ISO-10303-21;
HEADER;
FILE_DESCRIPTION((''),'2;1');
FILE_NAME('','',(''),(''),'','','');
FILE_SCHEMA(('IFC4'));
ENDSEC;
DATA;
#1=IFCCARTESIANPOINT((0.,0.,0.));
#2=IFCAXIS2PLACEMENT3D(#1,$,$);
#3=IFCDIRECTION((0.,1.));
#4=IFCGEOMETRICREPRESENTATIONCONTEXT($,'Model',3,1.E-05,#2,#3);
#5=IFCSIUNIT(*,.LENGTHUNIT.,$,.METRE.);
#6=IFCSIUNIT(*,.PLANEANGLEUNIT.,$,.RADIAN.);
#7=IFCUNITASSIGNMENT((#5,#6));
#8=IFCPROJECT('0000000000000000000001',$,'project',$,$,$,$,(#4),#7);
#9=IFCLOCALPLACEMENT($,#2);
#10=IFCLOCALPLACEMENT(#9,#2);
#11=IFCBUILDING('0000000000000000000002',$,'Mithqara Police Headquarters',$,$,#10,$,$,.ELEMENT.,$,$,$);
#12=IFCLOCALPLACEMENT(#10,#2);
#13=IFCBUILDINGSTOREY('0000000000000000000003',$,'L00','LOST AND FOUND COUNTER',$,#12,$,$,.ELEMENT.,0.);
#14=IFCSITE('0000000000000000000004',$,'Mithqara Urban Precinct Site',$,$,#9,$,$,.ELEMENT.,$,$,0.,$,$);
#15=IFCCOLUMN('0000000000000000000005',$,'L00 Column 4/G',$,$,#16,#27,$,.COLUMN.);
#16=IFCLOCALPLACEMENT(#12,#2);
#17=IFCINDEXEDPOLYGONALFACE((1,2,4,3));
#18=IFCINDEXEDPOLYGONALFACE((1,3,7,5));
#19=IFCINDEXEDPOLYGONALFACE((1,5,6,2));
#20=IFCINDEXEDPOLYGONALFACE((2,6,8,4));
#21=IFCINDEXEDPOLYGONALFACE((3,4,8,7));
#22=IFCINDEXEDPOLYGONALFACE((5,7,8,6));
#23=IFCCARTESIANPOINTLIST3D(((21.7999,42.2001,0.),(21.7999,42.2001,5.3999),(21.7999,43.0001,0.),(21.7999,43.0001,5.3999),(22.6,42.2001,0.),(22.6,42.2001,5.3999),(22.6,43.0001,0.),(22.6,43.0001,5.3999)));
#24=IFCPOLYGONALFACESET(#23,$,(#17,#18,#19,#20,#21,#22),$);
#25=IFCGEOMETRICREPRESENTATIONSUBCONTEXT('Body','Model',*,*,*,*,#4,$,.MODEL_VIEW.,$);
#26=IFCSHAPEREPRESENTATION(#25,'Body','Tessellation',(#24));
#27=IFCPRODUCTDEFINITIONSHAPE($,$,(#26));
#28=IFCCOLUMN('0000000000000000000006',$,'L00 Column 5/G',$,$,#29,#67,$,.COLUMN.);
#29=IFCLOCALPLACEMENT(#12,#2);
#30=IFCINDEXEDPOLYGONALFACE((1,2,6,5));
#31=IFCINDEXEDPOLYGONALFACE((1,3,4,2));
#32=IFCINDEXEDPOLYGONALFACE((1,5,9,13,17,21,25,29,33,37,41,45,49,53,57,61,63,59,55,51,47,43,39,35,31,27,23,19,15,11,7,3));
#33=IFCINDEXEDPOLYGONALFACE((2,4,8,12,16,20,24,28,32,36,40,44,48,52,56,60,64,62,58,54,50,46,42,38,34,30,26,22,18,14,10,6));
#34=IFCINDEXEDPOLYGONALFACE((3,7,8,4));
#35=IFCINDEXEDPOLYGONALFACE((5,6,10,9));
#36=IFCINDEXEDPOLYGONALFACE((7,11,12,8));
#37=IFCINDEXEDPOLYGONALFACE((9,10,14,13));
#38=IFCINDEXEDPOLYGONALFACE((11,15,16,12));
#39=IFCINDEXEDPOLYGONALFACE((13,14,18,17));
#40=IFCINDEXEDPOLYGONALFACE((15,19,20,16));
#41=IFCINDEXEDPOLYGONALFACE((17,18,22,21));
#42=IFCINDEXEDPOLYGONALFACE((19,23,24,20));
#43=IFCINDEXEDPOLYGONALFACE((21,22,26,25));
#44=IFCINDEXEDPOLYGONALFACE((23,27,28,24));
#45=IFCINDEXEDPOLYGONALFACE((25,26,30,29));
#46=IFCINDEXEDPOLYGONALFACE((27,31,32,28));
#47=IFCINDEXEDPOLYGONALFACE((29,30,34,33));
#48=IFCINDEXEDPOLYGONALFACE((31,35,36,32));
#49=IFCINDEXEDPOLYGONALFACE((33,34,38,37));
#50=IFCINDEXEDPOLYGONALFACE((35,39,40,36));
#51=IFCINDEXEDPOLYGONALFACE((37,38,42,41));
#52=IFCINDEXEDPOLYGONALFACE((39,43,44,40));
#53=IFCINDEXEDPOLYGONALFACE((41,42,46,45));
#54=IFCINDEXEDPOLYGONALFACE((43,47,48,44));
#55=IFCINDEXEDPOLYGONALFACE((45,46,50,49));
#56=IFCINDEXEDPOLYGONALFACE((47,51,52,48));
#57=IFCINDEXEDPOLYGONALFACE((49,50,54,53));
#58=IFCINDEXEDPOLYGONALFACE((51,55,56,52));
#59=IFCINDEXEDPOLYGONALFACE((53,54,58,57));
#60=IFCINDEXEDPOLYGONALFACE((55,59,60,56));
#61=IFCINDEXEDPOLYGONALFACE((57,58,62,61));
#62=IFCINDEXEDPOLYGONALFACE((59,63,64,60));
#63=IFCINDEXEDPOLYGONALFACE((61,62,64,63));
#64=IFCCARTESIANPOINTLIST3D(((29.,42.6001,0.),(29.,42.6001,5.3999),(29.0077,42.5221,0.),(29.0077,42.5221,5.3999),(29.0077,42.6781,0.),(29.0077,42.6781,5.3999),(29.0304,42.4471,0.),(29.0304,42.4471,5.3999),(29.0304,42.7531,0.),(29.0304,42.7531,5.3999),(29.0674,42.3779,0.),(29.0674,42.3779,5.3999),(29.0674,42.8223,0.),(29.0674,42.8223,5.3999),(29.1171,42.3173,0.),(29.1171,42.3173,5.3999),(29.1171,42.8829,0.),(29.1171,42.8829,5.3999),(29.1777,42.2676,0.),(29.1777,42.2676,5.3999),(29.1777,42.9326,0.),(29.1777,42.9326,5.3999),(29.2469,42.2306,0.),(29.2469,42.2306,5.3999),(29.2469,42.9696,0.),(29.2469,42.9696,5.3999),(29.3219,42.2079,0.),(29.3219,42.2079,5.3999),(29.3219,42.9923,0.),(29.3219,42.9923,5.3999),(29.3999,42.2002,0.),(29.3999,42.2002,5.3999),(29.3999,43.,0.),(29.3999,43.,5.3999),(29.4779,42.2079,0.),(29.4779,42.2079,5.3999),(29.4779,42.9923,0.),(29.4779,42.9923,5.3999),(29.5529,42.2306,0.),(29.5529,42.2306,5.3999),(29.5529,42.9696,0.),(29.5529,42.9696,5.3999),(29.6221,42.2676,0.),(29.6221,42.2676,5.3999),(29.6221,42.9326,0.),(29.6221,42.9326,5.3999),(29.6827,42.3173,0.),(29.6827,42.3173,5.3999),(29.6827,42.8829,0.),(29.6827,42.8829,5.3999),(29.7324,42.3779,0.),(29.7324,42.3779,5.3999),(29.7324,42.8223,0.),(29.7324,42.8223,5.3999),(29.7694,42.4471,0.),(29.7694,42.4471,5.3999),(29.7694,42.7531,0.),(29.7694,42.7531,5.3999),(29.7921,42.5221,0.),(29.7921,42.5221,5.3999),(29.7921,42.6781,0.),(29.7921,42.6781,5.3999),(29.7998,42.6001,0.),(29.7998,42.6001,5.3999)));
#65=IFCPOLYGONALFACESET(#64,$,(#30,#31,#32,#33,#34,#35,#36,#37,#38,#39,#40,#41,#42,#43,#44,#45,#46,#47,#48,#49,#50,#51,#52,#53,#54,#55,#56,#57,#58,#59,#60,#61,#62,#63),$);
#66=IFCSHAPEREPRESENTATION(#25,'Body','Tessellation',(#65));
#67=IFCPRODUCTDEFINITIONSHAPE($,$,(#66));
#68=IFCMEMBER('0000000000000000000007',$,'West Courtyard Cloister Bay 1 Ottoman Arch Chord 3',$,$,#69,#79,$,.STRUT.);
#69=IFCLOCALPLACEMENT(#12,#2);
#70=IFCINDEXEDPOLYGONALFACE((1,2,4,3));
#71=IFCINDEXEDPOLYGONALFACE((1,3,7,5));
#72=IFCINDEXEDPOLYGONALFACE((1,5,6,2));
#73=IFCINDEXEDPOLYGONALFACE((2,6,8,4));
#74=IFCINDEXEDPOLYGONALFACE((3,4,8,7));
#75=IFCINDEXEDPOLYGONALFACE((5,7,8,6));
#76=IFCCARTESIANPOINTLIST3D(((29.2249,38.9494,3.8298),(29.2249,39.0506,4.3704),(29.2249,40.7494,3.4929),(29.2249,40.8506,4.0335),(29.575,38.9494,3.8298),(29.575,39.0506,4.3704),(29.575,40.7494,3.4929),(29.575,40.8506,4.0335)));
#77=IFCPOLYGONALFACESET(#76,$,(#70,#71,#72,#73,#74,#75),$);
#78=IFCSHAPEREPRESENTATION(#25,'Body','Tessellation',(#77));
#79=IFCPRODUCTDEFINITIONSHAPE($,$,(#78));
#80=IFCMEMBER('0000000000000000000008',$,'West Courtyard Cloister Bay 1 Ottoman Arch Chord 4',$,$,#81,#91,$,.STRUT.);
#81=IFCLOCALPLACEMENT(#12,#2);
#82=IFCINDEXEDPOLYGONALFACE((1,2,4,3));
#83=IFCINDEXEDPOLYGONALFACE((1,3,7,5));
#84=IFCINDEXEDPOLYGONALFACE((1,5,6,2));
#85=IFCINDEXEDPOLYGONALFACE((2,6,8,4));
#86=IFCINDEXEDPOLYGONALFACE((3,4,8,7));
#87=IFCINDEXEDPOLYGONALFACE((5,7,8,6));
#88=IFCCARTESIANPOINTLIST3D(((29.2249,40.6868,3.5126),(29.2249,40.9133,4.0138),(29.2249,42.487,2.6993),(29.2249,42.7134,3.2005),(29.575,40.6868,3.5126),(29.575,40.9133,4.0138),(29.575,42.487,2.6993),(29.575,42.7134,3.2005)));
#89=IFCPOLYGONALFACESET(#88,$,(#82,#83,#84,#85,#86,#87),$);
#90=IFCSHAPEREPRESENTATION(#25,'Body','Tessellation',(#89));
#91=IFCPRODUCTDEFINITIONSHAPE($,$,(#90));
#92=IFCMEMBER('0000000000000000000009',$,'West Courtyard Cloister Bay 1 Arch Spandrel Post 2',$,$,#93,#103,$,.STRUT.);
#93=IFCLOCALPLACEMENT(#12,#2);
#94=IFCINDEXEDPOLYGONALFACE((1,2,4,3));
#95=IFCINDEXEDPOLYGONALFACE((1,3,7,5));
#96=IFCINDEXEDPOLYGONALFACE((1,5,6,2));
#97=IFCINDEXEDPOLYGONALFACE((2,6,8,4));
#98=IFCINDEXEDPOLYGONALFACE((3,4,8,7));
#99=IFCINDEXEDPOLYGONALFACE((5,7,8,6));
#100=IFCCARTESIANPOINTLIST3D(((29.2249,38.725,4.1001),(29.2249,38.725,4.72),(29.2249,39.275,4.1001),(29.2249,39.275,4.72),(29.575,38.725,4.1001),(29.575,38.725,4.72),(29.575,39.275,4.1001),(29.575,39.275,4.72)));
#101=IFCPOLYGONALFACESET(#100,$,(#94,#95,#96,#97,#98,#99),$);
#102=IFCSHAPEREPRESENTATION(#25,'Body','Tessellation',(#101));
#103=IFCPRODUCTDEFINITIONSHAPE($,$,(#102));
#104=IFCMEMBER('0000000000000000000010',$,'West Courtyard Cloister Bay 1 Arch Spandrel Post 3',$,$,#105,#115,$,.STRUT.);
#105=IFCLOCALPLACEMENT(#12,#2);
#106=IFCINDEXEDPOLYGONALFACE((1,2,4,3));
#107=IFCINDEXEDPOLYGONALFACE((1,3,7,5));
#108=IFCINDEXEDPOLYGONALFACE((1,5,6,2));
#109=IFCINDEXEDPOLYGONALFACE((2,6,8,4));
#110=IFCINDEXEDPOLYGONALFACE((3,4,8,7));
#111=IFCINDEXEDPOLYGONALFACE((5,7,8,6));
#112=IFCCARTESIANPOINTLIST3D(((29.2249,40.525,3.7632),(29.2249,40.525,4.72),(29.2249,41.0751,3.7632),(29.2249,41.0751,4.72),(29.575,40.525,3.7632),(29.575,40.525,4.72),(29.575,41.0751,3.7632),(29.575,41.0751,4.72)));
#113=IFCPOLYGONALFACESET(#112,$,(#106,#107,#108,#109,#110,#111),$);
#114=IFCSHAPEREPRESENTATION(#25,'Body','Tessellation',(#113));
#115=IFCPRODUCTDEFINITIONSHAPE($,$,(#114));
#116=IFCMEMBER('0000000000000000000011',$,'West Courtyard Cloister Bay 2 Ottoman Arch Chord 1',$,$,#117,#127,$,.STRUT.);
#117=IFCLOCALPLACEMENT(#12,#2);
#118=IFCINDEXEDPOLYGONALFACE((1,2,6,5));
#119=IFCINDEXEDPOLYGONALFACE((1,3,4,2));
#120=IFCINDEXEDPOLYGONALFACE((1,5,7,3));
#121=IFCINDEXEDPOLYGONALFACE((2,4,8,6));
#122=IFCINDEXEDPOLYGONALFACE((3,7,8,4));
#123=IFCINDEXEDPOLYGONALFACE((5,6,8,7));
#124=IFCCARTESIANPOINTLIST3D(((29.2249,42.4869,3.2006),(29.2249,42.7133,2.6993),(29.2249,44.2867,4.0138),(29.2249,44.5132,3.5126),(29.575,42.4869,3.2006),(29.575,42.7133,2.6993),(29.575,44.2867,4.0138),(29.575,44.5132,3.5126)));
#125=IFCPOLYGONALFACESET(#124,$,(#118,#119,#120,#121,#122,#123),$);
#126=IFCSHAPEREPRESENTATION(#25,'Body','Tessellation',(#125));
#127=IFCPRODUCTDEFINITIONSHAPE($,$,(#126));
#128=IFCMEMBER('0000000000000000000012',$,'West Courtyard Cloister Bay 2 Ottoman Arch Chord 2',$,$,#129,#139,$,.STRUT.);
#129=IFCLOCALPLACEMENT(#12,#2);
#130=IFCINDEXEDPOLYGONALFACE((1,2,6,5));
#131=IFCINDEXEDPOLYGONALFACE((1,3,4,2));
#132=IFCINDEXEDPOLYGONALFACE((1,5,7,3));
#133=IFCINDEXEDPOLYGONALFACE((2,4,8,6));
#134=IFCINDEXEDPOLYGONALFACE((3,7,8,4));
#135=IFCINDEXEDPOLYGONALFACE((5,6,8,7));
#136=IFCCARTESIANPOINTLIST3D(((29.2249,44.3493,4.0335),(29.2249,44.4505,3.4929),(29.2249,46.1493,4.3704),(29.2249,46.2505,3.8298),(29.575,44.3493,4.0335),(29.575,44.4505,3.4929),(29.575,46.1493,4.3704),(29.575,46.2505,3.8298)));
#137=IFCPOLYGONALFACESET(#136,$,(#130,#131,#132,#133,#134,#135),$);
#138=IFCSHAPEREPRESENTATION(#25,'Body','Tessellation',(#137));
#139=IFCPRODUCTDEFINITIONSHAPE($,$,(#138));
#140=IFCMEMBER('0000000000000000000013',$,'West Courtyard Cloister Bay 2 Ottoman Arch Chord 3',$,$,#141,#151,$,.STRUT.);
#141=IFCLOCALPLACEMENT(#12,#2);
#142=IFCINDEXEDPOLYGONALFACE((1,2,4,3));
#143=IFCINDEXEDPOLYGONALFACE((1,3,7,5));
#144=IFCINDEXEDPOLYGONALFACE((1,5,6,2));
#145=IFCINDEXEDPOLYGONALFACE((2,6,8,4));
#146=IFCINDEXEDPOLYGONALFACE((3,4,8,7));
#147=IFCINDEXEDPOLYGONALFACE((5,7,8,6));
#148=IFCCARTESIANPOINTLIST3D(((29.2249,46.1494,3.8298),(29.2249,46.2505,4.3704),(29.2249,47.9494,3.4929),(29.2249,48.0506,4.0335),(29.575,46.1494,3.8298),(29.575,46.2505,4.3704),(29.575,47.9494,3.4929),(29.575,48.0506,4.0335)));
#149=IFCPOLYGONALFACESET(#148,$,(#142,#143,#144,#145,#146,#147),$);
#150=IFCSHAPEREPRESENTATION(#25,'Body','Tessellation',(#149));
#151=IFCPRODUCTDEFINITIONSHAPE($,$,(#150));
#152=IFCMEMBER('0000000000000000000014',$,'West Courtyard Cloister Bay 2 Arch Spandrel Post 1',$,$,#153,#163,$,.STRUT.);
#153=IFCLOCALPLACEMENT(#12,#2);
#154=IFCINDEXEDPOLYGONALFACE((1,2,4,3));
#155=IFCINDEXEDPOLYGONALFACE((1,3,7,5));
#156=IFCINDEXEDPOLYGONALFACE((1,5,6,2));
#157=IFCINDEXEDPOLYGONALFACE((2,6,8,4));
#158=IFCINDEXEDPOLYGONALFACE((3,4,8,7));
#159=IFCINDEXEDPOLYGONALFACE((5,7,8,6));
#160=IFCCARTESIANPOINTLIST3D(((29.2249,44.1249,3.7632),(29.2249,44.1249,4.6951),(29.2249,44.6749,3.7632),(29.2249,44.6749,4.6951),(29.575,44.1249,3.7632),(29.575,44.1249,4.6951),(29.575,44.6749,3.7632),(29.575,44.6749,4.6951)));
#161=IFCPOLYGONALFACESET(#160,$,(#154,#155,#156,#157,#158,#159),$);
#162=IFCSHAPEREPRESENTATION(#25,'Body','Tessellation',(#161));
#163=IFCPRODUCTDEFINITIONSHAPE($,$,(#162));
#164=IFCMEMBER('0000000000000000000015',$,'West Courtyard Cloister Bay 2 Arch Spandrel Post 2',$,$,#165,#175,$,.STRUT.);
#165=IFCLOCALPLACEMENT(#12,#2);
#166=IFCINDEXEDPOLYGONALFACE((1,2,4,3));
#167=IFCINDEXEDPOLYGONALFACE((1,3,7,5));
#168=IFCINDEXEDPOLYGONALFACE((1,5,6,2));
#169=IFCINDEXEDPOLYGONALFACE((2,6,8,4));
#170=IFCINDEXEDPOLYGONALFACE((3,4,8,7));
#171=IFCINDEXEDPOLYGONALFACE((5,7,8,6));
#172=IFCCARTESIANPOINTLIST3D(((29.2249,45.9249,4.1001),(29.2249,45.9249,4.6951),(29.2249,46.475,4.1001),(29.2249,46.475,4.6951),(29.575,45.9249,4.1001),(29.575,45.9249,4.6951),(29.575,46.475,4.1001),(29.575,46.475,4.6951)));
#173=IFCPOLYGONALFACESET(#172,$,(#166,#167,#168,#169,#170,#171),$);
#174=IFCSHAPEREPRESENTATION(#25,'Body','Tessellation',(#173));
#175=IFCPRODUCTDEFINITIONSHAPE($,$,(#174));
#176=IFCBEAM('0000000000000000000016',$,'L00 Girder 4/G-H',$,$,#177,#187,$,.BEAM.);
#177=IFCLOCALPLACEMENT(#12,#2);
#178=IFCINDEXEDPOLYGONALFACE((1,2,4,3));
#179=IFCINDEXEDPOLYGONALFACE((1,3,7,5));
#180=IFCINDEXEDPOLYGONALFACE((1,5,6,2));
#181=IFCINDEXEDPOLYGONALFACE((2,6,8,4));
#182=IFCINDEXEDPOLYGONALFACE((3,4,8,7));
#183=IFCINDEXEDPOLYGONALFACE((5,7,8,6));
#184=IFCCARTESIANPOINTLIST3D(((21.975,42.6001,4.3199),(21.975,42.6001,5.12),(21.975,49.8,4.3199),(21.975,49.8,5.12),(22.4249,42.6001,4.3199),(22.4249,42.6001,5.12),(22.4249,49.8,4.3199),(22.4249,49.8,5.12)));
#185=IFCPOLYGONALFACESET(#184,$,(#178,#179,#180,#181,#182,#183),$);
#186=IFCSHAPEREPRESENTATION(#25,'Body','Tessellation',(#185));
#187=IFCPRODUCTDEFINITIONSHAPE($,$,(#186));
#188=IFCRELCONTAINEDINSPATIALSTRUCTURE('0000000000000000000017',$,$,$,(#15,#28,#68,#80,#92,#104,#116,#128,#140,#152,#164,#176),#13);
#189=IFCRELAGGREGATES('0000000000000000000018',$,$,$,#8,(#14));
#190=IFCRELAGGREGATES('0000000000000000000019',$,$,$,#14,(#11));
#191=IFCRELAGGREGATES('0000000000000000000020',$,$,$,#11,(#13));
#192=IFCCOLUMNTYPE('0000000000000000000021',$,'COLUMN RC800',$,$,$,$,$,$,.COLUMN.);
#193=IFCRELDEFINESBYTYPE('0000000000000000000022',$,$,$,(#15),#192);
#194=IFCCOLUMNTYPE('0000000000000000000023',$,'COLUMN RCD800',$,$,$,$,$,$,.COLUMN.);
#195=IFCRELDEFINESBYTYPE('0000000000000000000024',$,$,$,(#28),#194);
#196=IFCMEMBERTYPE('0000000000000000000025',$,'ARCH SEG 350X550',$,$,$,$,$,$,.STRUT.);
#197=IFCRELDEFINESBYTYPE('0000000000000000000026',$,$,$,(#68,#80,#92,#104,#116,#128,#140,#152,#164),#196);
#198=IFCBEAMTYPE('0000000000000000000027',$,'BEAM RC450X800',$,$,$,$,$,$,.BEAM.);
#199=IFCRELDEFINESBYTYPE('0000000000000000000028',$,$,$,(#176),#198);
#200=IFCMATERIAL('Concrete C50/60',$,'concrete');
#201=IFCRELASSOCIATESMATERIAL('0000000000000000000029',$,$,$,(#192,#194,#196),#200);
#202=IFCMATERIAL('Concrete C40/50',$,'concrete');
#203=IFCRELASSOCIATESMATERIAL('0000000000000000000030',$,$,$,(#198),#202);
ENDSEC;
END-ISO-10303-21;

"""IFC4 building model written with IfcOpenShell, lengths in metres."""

from ifc_helpers import new_model, si_unit, direction, frame, origin, origin_2d, place, context, subcontext, project, spatial, rectangle, circle, extrude, material, material_profile, profile_set, type_object, element, save


model = new_model("IFC4")

# Units and contexts
model_context = context("Model", 3, precision=1e-05, world=origin(), true_north=direction((0.0, 1.0)))
body_context = subcontext(model_context, "Body", "Model", "MODEL_VIEW")
ifc_project = project(units=[si_unit("LENGTHUNIT", "METRE"), si_unit("PLANEANGLEUNIT", "RADIAN")], contexts=[model_context])

# Site, building, storey
site_placement = place(None, origin())
site = spatial("IfcSite", under=ifc_project, at=site_placement, Name="Mithqara Urban Precinct Site", CompositionType="ELEMENT", RefElevation=0.0)
building_placement = place(site_placement, origin())
building = spatial("IfcBuilding", under=site, at=building_placement, Name="Mithqara Police Headquarters", CompositionType="ELEMENT")
storey_placement = place(building_placement, origin())
storey = spatial("IfcBuildingStorey", under=building, at=storey_placement, Name="L00", Description="LOST AND FOUND COUNTER", CompositionType="ELEMENT", Elevation=0.0)

# Columns
ifc_material_1 = material(Name="Concrete C50/60", Category="concrete")
ifc_material_profile_1 = material_profile(ifc_material_1, rectangle(XDim=0.8, YDim=0.8, at=origin_2d()), Name="RC 800x800")
ifc_profile_set_1 = profile_set([ifc_material_profile_1], Name="Concrete C50/60")
column_type_1 = type_object("IfcColumnType", Name="COLUMN RC800", PredefinedType="COLUMN", material=ifc_profile_set_1)
column_1_placement = place(storey_placement, frame((22.2, 42.6001, 0.0), z_axis=(0.0, 0.0, 1.0), x_axis=(1.0, 0.0, 0.0)))
element("IfcColumn", 1, at=column_1_placement, inside=storey, type_object=column_type_1, Name="L00 Column 4/G", PredefinedType="COLUMN", context=body_context, shape_type="SweptSolid", body=[
    extrude(rectangle(XDim=0.8, YDim=0.8, at=origin_2d()), origin(), (0.0, 0.0, 1.0), 5.3999),
])
ifc_material_profile_2 = material_profile(ifc_material_1, circle(Radius=0.3999, at=origin_2d()), Name="RCD 800")
ifc_profile_set_2 = profile_set([ifc_material_profile_2], Name="Concrete C50/60")
column_type_2 = type_object("IfcColumnType", Name="COLUMN RCD800", PredefinedType="COLUMN", material=ifc_profile_set_2)
column_2_placement = place(storey_placement, frame((29.3999, 42.6001, 0.0), z_axis=(0.0, 0.0, 1.0), x_axis=(1.0, 0.0, 0.0)))
element("IfcColumn", 2, at=column_2_placement, inside=storey, type_object=column_type_2, Name="L00 Column 5/G", PredefinedType="COLUMN", context=body_context, shape_type="SweptSolid", body=[
    extrude(circle(Radius=0.3999, at=origin_2d()), origin(), (0.0, 0.0, 1.0), 5.3999),
])

# Members
ifc_material_profile_3 = material_profile(ifc_material_1, rectangle(XDim=0.3501, YDim=0.55, at=origin_2d()), Name="ARC 350x550")
ifc_profile_set_3 = profile_set([ifc_material_profile_3], Name="Concrete C50/60")
member_type_1 = type_object("IfcMemberType", Name="ARCH SEG 350X550", PredefinedType="STRUT", material=ifc_profile_set_3)
member_1_placement = place(storey_placement, frame((29.3999, 39.0, 4.1001), z_axis=(0.0, 0.982931, -0.183975), x_axis=(-1.0, 0.0, 0.0)))
element("IfcMember", 3, at=member_1_placement, inside=storey, type_object=member_type_1, Name="West Courtyard Cloister Bay 1 Ottoman Arch Chord 3", PredefinedType="STRUT", context=body_context, shape_type="SweptSolid", body=[
    extrude(rectangle(XDim=0.3501, YDim=0.55, at=origin_2d()), origin(), (0.0, 0.0, 1.0), 1.8313),
])
member_2_placement = place(storey_placement, frame((29.3999, 40.8, 3.7632), z_axis=(0.0, 0.911312, -0.411716), x_axis=(-1.0, 0.0, 0.0)))
element("IfcMember", 4, at=member_2_placement, inside=storey, type_object=member_type_1, Name="West Courtyard Cloister Bay 1 Ottoman Arch Chord 4", PredefinedType="STRUT", context=body_context, shape_type="SweptSolid", body=[
    extrude(rectangle(XDim=0.3501, YDim=0.55, at=origin_2d()), origin(), (0.0, 0.0, 1.0), 1.9753),
])
member_3_placement = place(storey_placement, frame((29.3999, 39.0, 4.1001), z_axis=(0.0, 0.0, 1.0), x_axis=(1.0, 0.0, 0.0)))
element("IfcMember", 5, at=member_3_placement, inside=storey, type_object=member_type_1, Name="West Courtyard Cloister Bay 1 Arch Spandrel Post 2", PredefinedType="STRUT", context=body_context, shape_type="SweptSolid", body=[
    extrude(rectangle(XDim=0.3501, YDim=0.55, at=origin_2d()), origin(), (0.0, 0.0, 1.0), 0.6199),
])
member_4_placement = place(storey_placement, frame((29.3999, 40.8, 3.7632), z_axis=(0.0, 0.0, 1.0), x_axis=(1.0, 0.0, 0.0)))
element("IfcMember", 6, at=member_4_placement, inside=storey, type_object=member_type_1, Name="West Courtyard Cloister Bay 1 Arch Spandrel Post 3", PredefinedType="STRUT", context=body_context, shape_type="SweptSolid", body=[
    extrude(rectangle(XDim=0.3501, YDim=0.55, at=origin_2d()), origin(), (0.0, 0.0, 1.0), 0.9568),
])
member_5_placement = place(storey_placement, frame((29.3999, 42.6001, 2.95), z_axis=(0.0, 0.911291, 0.411762), x_axis=(-1.0, 0.0, 0.0)))
element("IfcMember", 7, at=member_5_placement, inside=storey, type_object=member_type_1, Name="West Courtyard Cloister Bay 2 Ottoman Arch Chord 1", PredefinedType="STRUT", context=body_context, shape_type="SweptSolid", body=[
    extrude(rectangle(XDim=0.3501, YDim=0.55, at=origin_2d()), origin(), (0.0, 0.0, 1.0), 1.9751),
])
for number, where, z_axis, x_axis, name in (
    (8, (29.3999, 44.3999, 3.7632), (0.0, 0.982931, 0.183975), (-1.0, 0.0, 0.0), "West Courtyard Cloister Bay 2 Ottoman Arch Chord 2"),
    (9, (29.3999, 46.2, 4.1001), (0.0, 0.982931, -0.183975), (-1.0, 0.0, 0.0), "West Courtyard Cloister Bay 2 Ottoman Arch Chord 3"),
):
    element("IfcMember", number, at=place(storey_placement, frame(where, z_axis=z_axis, x_axis=x_axis)), inside=storey, type_object=member_type_1, Name=name, PredefinedType="STRUT", context=body_context, shape_type="SweptSolid", body=[
        extrude(rectangle(XDim=0.3501, YDim=0.55, at=origin_2d()), origin(), (0.0, 0.0, 1.0), 1.8313),
    ])
member_6_placement = place(storey_placement, frame((29.3999, 44.3999, 3.7632), z_axis=(0.0, 0.0, 1.0), x_axis=(1.0, 0.0, 0.0)))
element("IfcMember", 10, at=member_6_placement, inside=storey, type_object=member_type_1, Name="West Courtyard Cloister Bay 2 Arch Spandrel Post 1", PredefinedType="STRUT", context=body_context, shape_type="SweptSolid", body=[
    extrude(rectangle(XDim=0.3501, YDim=0.55, at=origin_2d()), origin(), (0.0, 0.0, 1.0), 0.9319),
])
member_7_placement = place(storey_placement, frame((29.3999, 46.2, 4.1001), z_axis=(0.0, 0.0, 1.0), x_axis=(1.0, 0.0, 0.0)))
element("IfcMember", 11, at=member_7_placement, inside=storey, type_object=member_type_1, Name="West Courtyard Cloister Bay 2 Arch Spandrel Post 2", PredefinedType="STRUT", context=body_context, shape_type="SweptSolid", body=[
    extrude(rectangle(XDim=0.3501, YDim=0.55, at=origin_2d()), origin(), (0.0, 0.0, 1.0), 0.595),
])

# Beam
ifc_material_2 = material(Name="Concrete C40/50", Category="concrete")
ifc_material_profile_4 = material_profile(ifc_material_2, rectangle(XDim=0.45, YDim=0.8, at=origin_2d()), Name="RC 450x800")
ifc_profile_set_4 = profile_set([ifc_material_profile_4], Name="Concrete C40/50")
beam_type_1 = type_object("IfcBeamType", Name="BEAM RC450X800", PredefinedType="BEAM", material=ifc_profile_set_4)
beam_1_placement = place(storey_placement, frame((22.2, 42.6001, 4.72), z_axis=(0.0, 1.0, 0.0), x_axis=(-1.0, 0.0, 0.0)))
element("IfcBeam", 12, at=beam_1_placement, inside=storey, type_object=beam_type_1, Name="L00 Girder 4/G-H", PredefinedType="BEAM", context=body_context, shape_type="SweptSolid", body=[
    extrude(rectangle(XDim=0.45, YDim=0.8, at=origin_2d()), origin(), (0.0, 0.0, 1.0), 7.2),
])

save(model, "model.ifc")
